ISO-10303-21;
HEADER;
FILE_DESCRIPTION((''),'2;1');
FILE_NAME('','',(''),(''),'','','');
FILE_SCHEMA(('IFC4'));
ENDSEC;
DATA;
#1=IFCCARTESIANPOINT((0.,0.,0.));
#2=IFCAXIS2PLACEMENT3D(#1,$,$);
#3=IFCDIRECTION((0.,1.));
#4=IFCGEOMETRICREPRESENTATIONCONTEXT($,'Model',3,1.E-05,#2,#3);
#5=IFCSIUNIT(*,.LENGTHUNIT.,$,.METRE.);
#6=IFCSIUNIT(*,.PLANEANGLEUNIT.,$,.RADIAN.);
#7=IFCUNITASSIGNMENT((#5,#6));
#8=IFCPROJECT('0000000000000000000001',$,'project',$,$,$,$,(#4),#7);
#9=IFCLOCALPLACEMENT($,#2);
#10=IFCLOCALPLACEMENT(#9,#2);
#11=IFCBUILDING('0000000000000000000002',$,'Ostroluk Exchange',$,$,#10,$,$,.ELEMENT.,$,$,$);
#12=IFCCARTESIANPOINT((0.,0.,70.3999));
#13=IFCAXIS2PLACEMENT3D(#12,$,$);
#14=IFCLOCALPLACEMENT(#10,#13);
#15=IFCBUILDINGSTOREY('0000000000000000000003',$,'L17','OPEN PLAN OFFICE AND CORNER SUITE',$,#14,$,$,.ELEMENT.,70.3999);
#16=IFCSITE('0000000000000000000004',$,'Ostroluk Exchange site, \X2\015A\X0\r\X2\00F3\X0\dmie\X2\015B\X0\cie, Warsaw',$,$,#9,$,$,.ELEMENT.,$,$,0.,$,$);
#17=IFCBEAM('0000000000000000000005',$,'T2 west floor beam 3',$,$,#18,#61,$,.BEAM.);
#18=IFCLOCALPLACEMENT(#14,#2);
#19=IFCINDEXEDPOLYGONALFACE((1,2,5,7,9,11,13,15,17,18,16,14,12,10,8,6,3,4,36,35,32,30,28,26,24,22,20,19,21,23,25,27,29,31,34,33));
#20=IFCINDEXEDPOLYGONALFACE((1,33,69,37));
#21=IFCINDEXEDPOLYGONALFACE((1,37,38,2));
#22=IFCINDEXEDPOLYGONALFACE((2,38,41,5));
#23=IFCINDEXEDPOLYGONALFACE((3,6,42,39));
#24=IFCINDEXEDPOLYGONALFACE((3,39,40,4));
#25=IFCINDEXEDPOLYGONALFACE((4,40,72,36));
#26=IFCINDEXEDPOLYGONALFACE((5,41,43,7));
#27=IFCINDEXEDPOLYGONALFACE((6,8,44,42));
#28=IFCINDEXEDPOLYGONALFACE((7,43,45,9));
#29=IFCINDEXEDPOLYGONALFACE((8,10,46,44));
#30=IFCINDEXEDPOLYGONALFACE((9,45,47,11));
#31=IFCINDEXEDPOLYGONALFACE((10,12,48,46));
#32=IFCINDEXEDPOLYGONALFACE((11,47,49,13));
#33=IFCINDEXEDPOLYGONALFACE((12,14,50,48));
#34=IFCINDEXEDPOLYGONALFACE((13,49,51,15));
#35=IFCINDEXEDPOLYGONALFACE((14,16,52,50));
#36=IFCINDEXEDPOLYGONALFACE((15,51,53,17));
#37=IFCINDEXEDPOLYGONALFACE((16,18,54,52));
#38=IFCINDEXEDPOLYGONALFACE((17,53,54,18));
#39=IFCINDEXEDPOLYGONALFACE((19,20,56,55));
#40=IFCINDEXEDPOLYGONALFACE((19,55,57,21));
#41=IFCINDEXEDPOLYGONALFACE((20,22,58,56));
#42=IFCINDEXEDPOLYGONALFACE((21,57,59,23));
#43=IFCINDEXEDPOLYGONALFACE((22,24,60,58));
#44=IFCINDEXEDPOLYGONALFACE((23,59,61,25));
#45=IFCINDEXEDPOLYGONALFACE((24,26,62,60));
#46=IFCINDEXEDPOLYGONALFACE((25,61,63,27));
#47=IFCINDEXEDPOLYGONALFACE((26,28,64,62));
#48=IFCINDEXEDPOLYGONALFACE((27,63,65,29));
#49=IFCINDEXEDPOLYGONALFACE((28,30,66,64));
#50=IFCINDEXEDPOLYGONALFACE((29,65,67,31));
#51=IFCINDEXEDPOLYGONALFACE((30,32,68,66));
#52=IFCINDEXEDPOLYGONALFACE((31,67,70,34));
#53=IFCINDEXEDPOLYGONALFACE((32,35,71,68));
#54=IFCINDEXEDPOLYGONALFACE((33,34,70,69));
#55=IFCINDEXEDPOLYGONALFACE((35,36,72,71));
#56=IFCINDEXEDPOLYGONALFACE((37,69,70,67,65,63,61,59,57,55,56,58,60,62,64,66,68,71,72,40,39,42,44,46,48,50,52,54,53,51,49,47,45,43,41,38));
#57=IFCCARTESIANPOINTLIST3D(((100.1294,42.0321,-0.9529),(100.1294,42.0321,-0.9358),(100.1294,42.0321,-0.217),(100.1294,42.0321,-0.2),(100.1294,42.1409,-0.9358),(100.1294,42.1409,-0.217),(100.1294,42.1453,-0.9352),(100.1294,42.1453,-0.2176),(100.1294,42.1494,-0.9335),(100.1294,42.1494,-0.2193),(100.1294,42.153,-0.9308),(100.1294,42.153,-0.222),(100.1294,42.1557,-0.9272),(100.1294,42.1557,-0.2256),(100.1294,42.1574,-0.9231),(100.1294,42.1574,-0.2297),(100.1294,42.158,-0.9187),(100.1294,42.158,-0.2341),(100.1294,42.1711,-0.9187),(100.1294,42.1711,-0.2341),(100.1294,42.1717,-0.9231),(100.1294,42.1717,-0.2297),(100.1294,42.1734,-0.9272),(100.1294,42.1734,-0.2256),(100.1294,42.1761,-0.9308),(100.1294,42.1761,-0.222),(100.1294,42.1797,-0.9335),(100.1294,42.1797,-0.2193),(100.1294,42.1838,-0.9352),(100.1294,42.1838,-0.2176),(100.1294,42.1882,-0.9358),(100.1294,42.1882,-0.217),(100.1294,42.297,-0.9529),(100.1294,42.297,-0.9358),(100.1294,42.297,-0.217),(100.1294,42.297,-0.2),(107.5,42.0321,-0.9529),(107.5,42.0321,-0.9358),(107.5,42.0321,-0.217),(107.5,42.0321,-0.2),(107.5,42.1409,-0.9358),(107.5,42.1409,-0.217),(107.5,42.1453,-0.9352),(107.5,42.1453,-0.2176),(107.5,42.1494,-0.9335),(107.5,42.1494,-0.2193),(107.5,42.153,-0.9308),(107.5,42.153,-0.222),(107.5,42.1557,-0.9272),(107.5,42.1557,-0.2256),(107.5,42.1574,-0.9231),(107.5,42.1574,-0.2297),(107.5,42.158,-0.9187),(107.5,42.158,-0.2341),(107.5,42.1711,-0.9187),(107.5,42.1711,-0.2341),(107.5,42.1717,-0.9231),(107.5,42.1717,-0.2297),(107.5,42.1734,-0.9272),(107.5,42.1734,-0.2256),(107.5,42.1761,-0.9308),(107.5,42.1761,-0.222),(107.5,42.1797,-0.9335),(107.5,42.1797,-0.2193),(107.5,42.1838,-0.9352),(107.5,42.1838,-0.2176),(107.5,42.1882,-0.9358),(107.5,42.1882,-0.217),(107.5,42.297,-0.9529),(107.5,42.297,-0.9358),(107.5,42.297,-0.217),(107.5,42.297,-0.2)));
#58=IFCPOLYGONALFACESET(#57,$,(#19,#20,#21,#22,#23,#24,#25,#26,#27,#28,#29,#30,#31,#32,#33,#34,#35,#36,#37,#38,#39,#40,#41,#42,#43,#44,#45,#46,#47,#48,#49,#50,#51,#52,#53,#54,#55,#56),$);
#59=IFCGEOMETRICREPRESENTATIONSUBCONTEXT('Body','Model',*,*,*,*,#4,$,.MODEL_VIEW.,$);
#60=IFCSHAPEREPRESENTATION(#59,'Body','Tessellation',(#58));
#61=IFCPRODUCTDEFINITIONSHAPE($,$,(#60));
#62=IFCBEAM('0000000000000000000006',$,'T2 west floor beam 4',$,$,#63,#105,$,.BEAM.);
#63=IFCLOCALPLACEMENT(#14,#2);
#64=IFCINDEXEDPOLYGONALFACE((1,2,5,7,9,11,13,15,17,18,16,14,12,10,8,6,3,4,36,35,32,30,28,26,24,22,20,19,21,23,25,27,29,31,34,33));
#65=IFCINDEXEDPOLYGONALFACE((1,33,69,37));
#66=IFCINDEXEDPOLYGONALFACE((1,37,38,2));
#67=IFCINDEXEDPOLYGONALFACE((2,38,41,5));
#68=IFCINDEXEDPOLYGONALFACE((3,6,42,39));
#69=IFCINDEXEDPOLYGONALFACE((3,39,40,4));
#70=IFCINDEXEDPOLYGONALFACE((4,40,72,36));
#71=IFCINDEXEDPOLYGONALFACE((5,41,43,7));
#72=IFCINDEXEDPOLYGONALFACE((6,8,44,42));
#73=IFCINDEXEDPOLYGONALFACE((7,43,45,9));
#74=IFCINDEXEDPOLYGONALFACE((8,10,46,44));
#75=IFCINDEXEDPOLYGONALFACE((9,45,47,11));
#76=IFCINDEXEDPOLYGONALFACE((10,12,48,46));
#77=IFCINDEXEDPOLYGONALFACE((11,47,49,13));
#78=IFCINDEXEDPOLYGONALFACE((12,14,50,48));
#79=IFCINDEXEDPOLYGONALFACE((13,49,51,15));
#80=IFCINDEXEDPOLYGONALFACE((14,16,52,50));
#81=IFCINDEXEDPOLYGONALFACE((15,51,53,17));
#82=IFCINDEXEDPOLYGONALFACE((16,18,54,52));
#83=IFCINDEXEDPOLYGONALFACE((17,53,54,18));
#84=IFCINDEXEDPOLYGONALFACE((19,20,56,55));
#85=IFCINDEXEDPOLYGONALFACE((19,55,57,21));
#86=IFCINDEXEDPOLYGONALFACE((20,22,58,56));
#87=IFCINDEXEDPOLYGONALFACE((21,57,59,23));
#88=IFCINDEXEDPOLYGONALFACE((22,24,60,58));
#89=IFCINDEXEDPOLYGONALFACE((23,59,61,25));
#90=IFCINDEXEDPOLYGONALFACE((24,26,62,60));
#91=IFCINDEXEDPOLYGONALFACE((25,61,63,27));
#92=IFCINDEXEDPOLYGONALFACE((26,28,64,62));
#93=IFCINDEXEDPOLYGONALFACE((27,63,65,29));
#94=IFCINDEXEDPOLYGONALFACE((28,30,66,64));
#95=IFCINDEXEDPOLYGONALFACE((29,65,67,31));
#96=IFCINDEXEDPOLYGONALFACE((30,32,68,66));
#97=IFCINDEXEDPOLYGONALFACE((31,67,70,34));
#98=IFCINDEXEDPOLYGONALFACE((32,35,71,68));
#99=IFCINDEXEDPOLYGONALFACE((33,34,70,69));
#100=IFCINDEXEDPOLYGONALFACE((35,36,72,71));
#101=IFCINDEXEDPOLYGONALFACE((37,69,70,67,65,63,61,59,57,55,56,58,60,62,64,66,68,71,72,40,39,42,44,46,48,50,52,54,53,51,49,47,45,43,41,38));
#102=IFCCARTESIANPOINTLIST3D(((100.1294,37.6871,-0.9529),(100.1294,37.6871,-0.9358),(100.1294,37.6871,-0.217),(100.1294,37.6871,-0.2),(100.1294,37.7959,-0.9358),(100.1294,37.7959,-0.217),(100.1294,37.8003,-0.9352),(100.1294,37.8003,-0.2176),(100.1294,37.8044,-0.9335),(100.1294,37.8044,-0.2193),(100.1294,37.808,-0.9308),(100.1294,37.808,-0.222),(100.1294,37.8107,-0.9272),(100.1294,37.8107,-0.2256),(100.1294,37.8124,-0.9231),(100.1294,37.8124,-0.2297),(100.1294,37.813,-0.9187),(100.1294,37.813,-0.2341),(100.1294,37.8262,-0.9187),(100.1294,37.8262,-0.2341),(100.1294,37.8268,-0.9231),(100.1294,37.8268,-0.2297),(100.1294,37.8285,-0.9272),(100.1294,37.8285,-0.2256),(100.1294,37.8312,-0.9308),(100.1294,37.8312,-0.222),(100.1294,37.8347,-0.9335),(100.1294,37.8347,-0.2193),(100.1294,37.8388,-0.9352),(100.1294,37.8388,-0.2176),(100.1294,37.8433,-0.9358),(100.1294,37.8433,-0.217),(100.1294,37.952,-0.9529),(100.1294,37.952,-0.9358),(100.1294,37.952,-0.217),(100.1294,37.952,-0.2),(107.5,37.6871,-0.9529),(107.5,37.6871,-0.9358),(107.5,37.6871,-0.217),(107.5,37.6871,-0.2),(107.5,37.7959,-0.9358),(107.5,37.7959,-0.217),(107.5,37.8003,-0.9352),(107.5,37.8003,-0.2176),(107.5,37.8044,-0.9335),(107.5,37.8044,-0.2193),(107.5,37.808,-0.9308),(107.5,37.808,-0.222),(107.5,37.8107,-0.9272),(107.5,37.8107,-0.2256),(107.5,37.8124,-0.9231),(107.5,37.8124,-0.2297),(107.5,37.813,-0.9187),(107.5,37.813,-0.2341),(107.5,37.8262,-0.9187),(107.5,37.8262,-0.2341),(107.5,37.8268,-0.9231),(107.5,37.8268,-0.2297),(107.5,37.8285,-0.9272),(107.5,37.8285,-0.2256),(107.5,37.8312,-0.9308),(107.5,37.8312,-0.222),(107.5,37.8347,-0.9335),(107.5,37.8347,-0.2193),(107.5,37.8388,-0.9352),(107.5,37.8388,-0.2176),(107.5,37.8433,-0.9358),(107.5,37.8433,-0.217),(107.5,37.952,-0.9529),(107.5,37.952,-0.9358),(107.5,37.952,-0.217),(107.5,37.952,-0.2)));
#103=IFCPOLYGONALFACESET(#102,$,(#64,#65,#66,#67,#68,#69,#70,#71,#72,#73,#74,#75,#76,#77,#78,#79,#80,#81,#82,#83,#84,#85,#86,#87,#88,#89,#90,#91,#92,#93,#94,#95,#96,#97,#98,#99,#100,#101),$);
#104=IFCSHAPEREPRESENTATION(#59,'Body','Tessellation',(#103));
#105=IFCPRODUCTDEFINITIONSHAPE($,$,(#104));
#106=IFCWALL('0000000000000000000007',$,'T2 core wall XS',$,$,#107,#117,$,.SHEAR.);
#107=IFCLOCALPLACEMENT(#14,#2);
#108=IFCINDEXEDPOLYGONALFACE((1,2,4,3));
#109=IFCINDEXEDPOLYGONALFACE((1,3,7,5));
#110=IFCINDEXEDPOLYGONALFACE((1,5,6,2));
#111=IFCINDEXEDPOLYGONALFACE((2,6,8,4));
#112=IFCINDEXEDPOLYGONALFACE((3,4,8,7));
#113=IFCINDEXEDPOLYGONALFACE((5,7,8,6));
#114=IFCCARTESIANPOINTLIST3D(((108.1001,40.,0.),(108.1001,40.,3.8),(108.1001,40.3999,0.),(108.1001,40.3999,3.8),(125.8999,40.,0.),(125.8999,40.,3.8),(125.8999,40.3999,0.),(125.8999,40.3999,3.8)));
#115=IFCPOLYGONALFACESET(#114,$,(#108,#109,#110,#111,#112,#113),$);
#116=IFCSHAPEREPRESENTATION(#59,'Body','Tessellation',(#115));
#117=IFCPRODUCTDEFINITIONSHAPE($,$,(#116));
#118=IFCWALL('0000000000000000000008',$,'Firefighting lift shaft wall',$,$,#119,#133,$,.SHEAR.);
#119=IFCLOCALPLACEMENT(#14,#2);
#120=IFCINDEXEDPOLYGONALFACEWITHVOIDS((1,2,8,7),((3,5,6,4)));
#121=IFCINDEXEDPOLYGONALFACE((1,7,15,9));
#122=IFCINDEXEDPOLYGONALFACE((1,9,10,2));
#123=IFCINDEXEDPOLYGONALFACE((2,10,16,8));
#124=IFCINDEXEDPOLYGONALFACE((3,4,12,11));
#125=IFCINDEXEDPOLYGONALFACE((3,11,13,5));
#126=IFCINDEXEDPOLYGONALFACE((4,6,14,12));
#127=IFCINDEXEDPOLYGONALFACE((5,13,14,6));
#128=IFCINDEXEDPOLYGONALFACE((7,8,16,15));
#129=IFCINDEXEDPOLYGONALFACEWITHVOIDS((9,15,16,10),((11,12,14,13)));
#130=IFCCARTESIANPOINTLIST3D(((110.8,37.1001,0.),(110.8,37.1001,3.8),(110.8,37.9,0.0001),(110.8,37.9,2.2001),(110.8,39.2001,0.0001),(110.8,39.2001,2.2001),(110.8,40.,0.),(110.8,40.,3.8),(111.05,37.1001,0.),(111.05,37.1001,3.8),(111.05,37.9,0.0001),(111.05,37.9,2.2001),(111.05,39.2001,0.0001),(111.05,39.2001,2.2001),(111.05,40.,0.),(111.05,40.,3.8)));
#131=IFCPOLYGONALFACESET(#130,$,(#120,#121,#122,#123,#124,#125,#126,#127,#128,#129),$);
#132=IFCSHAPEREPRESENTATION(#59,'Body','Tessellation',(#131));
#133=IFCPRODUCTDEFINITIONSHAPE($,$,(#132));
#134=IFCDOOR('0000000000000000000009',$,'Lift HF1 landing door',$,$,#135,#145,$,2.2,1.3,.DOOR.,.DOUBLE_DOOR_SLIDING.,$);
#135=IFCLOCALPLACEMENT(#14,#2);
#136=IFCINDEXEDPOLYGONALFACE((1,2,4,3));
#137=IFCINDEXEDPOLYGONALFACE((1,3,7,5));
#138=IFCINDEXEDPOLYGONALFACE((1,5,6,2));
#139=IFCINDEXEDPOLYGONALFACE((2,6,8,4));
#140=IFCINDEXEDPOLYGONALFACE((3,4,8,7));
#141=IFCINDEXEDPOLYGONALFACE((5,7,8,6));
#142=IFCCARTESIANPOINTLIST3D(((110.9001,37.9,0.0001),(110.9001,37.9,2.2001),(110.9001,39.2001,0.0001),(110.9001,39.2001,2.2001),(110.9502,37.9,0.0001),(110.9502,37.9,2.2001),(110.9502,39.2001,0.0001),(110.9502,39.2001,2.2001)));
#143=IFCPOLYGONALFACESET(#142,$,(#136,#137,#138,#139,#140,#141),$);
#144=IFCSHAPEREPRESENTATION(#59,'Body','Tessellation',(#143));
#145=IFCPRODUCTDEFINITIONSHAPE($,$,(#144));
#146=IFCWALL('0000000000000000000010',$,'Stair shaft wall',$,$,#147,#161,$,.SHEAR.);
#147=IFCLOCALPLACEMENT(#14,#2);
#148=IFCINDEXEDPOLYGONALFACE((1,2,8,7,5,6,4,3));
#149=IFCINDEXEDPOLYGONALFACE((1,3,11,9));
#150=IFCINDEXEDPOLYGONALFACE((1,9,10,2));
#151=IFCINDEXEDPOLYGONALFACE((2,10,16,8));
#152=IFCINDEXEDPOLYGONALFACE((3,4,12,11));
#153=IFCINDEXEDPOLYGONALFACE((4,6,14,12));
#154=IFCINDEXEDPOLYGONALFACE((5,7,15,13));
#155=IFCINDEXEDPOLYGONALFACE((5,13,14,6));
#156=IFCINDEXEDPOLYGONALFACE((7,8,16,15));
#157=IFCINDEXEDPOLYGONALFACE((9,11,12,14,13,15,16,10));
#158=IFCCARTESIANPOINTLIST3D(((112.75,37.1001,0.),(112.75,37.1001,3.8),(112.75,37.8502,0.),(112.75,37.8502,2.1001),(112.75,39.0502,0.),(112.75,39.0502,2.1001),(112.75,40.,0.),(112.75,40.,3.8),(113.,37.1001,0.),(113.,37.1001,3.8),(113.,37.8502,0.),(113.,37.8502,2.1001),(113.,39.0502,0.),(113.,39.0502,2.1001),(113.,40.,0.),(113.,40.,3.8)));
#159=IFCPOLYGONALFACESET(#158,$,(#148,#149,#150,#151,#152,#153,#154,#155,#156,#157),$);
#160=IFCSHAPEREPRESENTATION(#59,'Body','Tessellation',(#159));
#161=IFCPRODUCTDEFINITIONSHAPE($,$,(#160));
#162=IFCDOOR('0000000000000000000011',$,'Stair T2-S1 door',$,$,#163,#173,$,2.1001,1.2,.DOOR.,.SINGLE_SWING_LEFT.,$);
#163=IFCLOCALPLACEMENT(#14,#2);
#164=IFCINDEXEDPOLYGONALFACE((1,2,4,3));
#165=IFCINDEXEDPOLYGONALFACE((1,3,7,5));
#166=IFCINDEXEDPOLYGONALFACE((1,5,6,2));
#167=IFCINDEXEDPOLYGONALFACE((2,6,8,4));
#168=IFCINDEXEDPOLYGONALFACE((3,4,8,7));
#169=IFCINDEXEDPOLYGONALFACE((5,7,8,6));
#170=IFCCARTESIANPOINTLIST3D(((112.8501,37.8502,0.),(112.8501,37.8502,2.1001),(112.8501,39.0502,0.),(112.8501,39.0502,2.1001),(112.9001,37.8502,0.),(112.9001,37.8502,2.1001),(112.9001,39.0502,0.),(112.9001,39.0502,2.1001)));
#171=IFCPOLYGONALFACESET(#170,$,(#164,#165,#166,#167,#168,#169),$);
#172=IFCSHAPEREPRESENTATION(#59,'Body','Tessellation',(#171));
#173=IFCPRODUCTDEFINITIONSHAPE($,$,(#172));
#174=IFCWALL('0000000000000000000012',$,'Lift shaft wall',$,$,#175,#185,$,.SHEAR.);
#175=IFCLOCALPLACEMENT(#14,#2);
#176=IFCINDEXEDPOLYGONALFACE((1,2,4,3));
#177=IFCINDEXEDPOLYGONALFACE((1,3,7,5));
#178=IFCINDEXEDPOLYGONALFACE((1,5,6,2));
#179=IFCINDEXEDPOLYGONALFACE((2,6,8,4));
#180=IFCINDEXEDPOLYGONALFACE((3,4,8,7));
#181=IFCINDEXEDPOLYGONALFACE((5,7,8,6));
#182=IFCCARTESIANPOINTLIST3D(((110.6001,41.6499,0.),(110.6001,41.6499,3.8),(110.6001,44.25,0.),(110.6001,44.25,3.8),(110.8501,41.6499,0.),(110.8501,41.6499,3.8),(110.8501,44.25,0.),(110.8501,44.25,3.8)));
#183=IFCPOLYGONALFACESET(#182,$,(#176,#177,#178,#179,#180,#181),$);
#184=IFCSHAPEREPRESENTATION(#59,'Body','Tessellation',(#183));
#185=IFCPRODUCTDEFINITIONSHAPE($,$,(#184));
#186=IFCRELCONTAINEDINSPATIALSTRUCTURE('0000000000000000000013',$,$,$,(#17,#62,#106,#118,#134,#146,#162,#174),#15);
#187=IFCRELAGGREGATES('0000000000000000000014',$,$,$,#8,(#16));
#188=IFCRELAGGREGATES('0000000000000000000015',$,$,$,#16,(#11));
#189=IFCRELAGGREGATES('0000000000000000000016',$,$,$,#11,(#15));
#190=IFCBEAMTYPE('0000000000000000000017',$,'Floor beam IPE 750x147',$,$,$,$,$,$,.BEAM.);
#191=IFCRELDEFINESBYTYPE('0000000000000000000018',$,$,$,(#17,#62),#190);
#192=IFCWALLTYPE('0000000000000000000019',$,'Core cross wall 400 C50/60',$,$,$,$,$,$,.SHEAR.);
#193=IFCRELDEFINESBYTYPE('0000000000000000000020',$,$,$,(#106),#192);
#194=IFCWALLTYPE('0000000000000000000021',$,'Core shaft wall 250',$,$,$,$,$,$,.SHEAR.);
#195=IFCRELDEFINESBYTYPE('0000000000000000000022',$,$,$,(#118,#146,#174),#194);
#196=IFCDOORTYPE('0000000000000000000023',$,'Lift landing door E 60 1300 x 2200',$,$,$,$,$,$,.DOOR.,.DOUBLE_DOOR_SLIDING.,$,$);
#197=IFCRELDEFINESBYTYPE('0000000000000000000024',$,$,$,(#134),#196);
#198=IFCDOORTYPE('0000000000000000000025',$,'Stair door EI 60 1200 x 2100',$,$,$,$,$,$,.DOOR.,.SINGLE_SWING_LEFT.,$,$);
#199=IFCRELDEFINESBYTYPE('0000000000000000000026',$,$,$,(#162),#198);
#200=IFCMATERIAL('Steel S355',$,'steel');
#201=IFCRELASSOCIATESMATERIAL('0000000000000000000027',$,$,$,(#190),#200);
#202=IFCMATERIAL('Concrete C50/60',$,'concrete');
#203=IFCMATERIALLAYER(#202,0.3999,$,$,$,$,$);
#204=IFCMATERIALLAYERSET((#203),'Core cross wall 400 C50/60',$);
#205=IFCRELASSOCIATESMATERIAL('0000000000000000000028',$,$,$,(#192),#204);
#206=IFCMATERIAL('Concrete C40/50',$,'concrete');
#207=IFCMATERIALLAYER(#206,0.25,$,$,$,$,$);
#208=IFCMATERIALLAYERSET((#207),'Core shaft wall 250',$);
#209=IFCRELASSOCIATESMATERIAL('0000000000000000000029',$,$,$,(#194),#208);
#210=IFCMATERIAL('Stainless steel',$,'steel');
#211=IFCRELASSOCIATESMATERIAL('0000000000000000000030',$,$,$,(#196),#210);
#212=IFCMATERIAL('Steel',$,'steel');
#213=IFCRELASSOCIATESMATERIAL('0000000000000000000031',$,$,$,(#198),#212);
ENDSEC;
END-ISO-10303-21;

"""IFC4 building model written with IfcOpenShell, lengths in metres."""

from ifc_helpers import new_model, si_unit, direction, frame, frame_2d, origin, origin_2d, place, context, subcontext, project, spatial, rectangle, i_section, extrude, material, layer, layer_set, material_profile, profile_set, type_object, element, fill, save


model = new_model("IFC4")

# Units and contexts
model_context = context("Model", 3, precision=1e-05, world=origin(), true_north=direction((0.0, 1.0)))
body_context = subcontext(model_context, "Body", "Model", "MODEL_VIEW")
ifc_project = project(units=[si_unit("LENGTHUNIT", "METRE"), si_unit("PLANEANGLEUNIT", "RADIAN")], contexts=[model_context])

# Site, building, storey
site_placement = place(None, origin())
site = spatial("IfcSite", under=ifc_project, at=site_placement, Name="Ostroluk Exchange site, Śródmieście, Warsaw", CompositionType="ELEMENT", RefElevation=0.0)
building_placement = place(site_placement, origin())
building = spatial("IfcBuilding", under=site, at=building_placement, Name="Ostroluk Exchange", CompositionType="ELEMENT")
storey_placement = place(building_placement, frame((0.0, 0.0, 70.3999)))
storey = spatial("IfcBuildingStorey", under=building, at=storey_placement, Name="L17", Description="OPEN PLAN OFFICE AND CORNER SUITE", CompositionType="ELEMENT", Elevation=70.3999)

# Beams
ifc_material_1 = material(Name="Steel S355", Category="steel")
ifc_material_profile = material_profile(ifc_material_1, i_section(OverallWidth=0.2649, OverallDepth=0.7529, WebThickness=0.0132, FlangeThickness=0.0171, FilletRadius=0.0171, at=origin_2d()), Name="IPE 750x147")
ifc_profile_set = profile_set([ifc_material_profile], Name="Steel S355")
beam_type = type_object("IfcBeamType", Name="Floor beam IPE 750x147", PredefinedType="BEAM", material=ifc_profile_set)
for number, where, z_axis, x_axis, name in (
    (1, (107.5, 42.1646, -0.5764), (-1.0, 0.0, 0.0), (0.0, -1.0, 0.0), "T2 west floor beam 3"),
    (2, (107.5, 37.8196, -0.5764), (-1.0, 0.0, 0.0), (0.0, -1.0, 0.0), "T2 west floor beam 4"),
):
    element("IfcBeam", number, at=place(storey_placement, frame(where, z_axis=z_axis, x_axis=x_axis)), inside=storey, type_object=beam_type, Name=name, PredefinedType="BEAM", context=body_context, shape_type="SweptSolid", body=[
        extrude(i_section(OverallWidth=0.2649, OverallDepth=0.7529, WebThickness=0.0132, FlangeThickness=0.0171, FilletRadius=0.0171, at=origin_2d()), origin(), (0.0, 0.0, 1.0), 7.3706),
    ])

# Wall
ifc_material_2 = material(Name="Concrete C50/60", Category="concrete")
ifc_layer_1 = layer(ifc_material_2, 0.3999)
ifc_layer_set_1 = layer_set([ifc_layer_1], Name="Core cross wall 400 C50/60")
wall_type_1 = type_object("IfcWallType", Name="Core cross wall 400 C50/60", PredefinedType="SHEAR", material=ifc_layer_set_1)
wall_1_placement = place(storey_placement, frame((108.1001, 40.2, 0.0), z_axis=(0.0, 0.0, 1.0), x_axis=(1.0, 0.0, 0.0)))
element("IfcWall", 3, at=wall_1_placement, inside=storey, type_object=wall_type_1, Name="T2 core wall XS", PredefinedType="SHEAR", context=body_context, shape_type="SweptSolid", body=[
    extrude(rectangle(XDim=17.7998, YDim=0.3999, at=frame_2d((8.8999, 0.0))), origin(), (0.0, 0.0, 1.0), 3.8),
])

# Walls, openings, doors
ifc_material_3 = material(Name="Concrete C40/50", Category="concrete")
ifc_layer_2 = layer(ifc_material_3, 0.25)
ifc_layer_set_2 = layer_set([ifc_layer_2], Name="Core shaft wall 250")
wall_type_2 = type_object("IfcWallType", Name="Core shaft wall 250", PredefinedType="SHEAR", material=ifc_layer_set_2)
wall_2_placement = place(storey_placement, frame((110.925, 37.1001, 0.0), z_axis=(0.0, 0.0, 1.0), x_axis=(0.0, 1.0, 0.0)))
wall_2 = element("IfcWall", 4, at=wall_2_placement, inside=storey, type_object=wall_type_2, Name="Firefighting lift shaft wall", PredefinedType="SHEAR", context=body_context, shape_type="SweptSolid", body=[
    extrude(rectangle(XDim=2.8999, YDim=0.25, at=frame_2d((1.45, 0.0))), origin(), (0.0, 0.0, 1.0), 3.8),
])
opening_1_placement = place(wall_2_placement, frame((0.8, 0.0, 0.0)))
opening_1 = element("IfcOpeningElement", 5, at=opening_1_placement, cuts=wall_2, PredefinedType="OPENING", context=body_context, shape_type="SweptSolid", body=[
    extrude(rectangle(XDim=1.3, YDim=2.2, at=frame_2d((0.6499, 1.1001))), frame((0.0, 0.135, 0.0), z_axis=(0.0, -1.0, 0.0), x_axis=(1.0, 0.0, 0.0)), (0.0, 0.0, 1.0), 0.27),
])
ifc_material_4 = material(Name="Stainless steel", Category="steel")
door_type_1 = type_object("IfcDoorType", Name="Lift landing door E 60 1300 x 2200", OperationType="DOUBLE_DOOR_SLIDING", PredefinedType="DOOR", material=ifc_material_4)
door_1_placement = place(opening_1_placement, origin())
door_1 = element("IfcDoor", 6, at=door_1_placement, inside=storey, type_object=door_type_1, Name="Lift HF1 landing door", OperationType="DOUBLE_DOOR_SLIDING", OverallHeight=2.2, OverallWidth=1.3, PredefinedType="DOOR", context=body_context, shape_type="SweptSolid", body=[
    extrude(rectangle(XDim=1.3, YDim=2.2, at=frame_2d((0.6499, 1.1001))), frame((0.0, 0.0249, 0.0), z_axis=(0.0, -1.0, 0.0), x_axis=(1.0, 0.0, 0.0)), (0.0, 0.0, 1.0), 0.05),
])
fill(opening_1, door_1)
wall_3_placement = place(storey_placement, frame((112.875, 37.1001, 0.0), z_axis=(0.0, 0.0, 1.0), x_axis=(0.0, 1.0, 0.0)))
wall_3 = element("IfcWall", 7, at=wall_3_placement, inside=storey, type_object=wall_type_2, Name="Stair shaft wall", PredefinedType="SHEAR", context=body_context, shape_type="SweptSolid", body=[
    extrude(rectangle(XDim=2.8999, YDim=0.25, at=frame_2d((1.45, 0.0))), origin(), (0.0, 0.0, 1.0), 3.8),
])
opening_2_placement = place(wall_3_placement, frame((0.75, 0.0, 0.0)))
opening_2 = element("IfcOpeningElement", 8, at=opening_2_placement, cuts=wall_3, PredefinedType="OPENING", context=body_context, shape_type="SweptSolid", body=[
    extrude(rectangle(XDim=1.2, YDim=2.1001, at=frame_2d((0.6001, 1.05))), frame((0.0, 0.135, 0.0), z_axis=(0.0, -1.0, 0.0), x_axis=(1.0, 0.0, 0.0)), (0.0, 0.0, 1.0), 0.27),
])
ifc_material_5 = material(Name="Steel", Category="steel")
door_type_2 = type_object("IfcDoorType", Name="Stair door EI 60 1200 x 2100", OperationType="SINGLE_SWING_LEFT", PredefinedType="DOOR", material=ifc_material_5)
door_2_placement = place(opening_2_placement, origin())
door_2 = element("IfcDoor", 9, at=door_2_placement, inside=storey, type_object=door_type_2, Name="Stair T2-S1 door", OperationType="SINGLE_SWING_LEFT", OverallHeight=2.1001, OverallWidth=1.2, PredefinedType="DOOR", context=body_context, shape_type="SweptSolid", body=[
    extrude(rectangle(XDim=1.2, YDim=2.1001, at=frame_2d((0.6001, 1.05))), frame((0.0, 0.0249, 0.0), z_axis=(0.0, -1.0, 0.0), x_axis=(1.0, 0.0, 0.0)), (0.0, 0.0, 1.0), 0.05),
])
fill(opening_2, door_2)

# Wall
for number, where, z_axis, x_axis, name in (
    (10, (110.7251, 44.25, 0.0), (0.0, 0.0, 1.0), (0.0, -1.0, 0.0), "Lift shaft wall"),
):
    element("IfcWall", number, at=place(storey_placement, frame(where, z_axis=z_axis, x_axis=x_axis)), inside=storey, type_object=wall_type_2, Name=name, PredefinedType="SHEAR", context=body_context, shape_type="SweptSolid", body=[
        extrude(rectangle(XDim=2.6001, YDim=0.25, at=frame_2d((1.3, 0.0))), origin(), (0.0, 0.0, 1.0), 3.8),
    ])

save(model, "model.ifc")
